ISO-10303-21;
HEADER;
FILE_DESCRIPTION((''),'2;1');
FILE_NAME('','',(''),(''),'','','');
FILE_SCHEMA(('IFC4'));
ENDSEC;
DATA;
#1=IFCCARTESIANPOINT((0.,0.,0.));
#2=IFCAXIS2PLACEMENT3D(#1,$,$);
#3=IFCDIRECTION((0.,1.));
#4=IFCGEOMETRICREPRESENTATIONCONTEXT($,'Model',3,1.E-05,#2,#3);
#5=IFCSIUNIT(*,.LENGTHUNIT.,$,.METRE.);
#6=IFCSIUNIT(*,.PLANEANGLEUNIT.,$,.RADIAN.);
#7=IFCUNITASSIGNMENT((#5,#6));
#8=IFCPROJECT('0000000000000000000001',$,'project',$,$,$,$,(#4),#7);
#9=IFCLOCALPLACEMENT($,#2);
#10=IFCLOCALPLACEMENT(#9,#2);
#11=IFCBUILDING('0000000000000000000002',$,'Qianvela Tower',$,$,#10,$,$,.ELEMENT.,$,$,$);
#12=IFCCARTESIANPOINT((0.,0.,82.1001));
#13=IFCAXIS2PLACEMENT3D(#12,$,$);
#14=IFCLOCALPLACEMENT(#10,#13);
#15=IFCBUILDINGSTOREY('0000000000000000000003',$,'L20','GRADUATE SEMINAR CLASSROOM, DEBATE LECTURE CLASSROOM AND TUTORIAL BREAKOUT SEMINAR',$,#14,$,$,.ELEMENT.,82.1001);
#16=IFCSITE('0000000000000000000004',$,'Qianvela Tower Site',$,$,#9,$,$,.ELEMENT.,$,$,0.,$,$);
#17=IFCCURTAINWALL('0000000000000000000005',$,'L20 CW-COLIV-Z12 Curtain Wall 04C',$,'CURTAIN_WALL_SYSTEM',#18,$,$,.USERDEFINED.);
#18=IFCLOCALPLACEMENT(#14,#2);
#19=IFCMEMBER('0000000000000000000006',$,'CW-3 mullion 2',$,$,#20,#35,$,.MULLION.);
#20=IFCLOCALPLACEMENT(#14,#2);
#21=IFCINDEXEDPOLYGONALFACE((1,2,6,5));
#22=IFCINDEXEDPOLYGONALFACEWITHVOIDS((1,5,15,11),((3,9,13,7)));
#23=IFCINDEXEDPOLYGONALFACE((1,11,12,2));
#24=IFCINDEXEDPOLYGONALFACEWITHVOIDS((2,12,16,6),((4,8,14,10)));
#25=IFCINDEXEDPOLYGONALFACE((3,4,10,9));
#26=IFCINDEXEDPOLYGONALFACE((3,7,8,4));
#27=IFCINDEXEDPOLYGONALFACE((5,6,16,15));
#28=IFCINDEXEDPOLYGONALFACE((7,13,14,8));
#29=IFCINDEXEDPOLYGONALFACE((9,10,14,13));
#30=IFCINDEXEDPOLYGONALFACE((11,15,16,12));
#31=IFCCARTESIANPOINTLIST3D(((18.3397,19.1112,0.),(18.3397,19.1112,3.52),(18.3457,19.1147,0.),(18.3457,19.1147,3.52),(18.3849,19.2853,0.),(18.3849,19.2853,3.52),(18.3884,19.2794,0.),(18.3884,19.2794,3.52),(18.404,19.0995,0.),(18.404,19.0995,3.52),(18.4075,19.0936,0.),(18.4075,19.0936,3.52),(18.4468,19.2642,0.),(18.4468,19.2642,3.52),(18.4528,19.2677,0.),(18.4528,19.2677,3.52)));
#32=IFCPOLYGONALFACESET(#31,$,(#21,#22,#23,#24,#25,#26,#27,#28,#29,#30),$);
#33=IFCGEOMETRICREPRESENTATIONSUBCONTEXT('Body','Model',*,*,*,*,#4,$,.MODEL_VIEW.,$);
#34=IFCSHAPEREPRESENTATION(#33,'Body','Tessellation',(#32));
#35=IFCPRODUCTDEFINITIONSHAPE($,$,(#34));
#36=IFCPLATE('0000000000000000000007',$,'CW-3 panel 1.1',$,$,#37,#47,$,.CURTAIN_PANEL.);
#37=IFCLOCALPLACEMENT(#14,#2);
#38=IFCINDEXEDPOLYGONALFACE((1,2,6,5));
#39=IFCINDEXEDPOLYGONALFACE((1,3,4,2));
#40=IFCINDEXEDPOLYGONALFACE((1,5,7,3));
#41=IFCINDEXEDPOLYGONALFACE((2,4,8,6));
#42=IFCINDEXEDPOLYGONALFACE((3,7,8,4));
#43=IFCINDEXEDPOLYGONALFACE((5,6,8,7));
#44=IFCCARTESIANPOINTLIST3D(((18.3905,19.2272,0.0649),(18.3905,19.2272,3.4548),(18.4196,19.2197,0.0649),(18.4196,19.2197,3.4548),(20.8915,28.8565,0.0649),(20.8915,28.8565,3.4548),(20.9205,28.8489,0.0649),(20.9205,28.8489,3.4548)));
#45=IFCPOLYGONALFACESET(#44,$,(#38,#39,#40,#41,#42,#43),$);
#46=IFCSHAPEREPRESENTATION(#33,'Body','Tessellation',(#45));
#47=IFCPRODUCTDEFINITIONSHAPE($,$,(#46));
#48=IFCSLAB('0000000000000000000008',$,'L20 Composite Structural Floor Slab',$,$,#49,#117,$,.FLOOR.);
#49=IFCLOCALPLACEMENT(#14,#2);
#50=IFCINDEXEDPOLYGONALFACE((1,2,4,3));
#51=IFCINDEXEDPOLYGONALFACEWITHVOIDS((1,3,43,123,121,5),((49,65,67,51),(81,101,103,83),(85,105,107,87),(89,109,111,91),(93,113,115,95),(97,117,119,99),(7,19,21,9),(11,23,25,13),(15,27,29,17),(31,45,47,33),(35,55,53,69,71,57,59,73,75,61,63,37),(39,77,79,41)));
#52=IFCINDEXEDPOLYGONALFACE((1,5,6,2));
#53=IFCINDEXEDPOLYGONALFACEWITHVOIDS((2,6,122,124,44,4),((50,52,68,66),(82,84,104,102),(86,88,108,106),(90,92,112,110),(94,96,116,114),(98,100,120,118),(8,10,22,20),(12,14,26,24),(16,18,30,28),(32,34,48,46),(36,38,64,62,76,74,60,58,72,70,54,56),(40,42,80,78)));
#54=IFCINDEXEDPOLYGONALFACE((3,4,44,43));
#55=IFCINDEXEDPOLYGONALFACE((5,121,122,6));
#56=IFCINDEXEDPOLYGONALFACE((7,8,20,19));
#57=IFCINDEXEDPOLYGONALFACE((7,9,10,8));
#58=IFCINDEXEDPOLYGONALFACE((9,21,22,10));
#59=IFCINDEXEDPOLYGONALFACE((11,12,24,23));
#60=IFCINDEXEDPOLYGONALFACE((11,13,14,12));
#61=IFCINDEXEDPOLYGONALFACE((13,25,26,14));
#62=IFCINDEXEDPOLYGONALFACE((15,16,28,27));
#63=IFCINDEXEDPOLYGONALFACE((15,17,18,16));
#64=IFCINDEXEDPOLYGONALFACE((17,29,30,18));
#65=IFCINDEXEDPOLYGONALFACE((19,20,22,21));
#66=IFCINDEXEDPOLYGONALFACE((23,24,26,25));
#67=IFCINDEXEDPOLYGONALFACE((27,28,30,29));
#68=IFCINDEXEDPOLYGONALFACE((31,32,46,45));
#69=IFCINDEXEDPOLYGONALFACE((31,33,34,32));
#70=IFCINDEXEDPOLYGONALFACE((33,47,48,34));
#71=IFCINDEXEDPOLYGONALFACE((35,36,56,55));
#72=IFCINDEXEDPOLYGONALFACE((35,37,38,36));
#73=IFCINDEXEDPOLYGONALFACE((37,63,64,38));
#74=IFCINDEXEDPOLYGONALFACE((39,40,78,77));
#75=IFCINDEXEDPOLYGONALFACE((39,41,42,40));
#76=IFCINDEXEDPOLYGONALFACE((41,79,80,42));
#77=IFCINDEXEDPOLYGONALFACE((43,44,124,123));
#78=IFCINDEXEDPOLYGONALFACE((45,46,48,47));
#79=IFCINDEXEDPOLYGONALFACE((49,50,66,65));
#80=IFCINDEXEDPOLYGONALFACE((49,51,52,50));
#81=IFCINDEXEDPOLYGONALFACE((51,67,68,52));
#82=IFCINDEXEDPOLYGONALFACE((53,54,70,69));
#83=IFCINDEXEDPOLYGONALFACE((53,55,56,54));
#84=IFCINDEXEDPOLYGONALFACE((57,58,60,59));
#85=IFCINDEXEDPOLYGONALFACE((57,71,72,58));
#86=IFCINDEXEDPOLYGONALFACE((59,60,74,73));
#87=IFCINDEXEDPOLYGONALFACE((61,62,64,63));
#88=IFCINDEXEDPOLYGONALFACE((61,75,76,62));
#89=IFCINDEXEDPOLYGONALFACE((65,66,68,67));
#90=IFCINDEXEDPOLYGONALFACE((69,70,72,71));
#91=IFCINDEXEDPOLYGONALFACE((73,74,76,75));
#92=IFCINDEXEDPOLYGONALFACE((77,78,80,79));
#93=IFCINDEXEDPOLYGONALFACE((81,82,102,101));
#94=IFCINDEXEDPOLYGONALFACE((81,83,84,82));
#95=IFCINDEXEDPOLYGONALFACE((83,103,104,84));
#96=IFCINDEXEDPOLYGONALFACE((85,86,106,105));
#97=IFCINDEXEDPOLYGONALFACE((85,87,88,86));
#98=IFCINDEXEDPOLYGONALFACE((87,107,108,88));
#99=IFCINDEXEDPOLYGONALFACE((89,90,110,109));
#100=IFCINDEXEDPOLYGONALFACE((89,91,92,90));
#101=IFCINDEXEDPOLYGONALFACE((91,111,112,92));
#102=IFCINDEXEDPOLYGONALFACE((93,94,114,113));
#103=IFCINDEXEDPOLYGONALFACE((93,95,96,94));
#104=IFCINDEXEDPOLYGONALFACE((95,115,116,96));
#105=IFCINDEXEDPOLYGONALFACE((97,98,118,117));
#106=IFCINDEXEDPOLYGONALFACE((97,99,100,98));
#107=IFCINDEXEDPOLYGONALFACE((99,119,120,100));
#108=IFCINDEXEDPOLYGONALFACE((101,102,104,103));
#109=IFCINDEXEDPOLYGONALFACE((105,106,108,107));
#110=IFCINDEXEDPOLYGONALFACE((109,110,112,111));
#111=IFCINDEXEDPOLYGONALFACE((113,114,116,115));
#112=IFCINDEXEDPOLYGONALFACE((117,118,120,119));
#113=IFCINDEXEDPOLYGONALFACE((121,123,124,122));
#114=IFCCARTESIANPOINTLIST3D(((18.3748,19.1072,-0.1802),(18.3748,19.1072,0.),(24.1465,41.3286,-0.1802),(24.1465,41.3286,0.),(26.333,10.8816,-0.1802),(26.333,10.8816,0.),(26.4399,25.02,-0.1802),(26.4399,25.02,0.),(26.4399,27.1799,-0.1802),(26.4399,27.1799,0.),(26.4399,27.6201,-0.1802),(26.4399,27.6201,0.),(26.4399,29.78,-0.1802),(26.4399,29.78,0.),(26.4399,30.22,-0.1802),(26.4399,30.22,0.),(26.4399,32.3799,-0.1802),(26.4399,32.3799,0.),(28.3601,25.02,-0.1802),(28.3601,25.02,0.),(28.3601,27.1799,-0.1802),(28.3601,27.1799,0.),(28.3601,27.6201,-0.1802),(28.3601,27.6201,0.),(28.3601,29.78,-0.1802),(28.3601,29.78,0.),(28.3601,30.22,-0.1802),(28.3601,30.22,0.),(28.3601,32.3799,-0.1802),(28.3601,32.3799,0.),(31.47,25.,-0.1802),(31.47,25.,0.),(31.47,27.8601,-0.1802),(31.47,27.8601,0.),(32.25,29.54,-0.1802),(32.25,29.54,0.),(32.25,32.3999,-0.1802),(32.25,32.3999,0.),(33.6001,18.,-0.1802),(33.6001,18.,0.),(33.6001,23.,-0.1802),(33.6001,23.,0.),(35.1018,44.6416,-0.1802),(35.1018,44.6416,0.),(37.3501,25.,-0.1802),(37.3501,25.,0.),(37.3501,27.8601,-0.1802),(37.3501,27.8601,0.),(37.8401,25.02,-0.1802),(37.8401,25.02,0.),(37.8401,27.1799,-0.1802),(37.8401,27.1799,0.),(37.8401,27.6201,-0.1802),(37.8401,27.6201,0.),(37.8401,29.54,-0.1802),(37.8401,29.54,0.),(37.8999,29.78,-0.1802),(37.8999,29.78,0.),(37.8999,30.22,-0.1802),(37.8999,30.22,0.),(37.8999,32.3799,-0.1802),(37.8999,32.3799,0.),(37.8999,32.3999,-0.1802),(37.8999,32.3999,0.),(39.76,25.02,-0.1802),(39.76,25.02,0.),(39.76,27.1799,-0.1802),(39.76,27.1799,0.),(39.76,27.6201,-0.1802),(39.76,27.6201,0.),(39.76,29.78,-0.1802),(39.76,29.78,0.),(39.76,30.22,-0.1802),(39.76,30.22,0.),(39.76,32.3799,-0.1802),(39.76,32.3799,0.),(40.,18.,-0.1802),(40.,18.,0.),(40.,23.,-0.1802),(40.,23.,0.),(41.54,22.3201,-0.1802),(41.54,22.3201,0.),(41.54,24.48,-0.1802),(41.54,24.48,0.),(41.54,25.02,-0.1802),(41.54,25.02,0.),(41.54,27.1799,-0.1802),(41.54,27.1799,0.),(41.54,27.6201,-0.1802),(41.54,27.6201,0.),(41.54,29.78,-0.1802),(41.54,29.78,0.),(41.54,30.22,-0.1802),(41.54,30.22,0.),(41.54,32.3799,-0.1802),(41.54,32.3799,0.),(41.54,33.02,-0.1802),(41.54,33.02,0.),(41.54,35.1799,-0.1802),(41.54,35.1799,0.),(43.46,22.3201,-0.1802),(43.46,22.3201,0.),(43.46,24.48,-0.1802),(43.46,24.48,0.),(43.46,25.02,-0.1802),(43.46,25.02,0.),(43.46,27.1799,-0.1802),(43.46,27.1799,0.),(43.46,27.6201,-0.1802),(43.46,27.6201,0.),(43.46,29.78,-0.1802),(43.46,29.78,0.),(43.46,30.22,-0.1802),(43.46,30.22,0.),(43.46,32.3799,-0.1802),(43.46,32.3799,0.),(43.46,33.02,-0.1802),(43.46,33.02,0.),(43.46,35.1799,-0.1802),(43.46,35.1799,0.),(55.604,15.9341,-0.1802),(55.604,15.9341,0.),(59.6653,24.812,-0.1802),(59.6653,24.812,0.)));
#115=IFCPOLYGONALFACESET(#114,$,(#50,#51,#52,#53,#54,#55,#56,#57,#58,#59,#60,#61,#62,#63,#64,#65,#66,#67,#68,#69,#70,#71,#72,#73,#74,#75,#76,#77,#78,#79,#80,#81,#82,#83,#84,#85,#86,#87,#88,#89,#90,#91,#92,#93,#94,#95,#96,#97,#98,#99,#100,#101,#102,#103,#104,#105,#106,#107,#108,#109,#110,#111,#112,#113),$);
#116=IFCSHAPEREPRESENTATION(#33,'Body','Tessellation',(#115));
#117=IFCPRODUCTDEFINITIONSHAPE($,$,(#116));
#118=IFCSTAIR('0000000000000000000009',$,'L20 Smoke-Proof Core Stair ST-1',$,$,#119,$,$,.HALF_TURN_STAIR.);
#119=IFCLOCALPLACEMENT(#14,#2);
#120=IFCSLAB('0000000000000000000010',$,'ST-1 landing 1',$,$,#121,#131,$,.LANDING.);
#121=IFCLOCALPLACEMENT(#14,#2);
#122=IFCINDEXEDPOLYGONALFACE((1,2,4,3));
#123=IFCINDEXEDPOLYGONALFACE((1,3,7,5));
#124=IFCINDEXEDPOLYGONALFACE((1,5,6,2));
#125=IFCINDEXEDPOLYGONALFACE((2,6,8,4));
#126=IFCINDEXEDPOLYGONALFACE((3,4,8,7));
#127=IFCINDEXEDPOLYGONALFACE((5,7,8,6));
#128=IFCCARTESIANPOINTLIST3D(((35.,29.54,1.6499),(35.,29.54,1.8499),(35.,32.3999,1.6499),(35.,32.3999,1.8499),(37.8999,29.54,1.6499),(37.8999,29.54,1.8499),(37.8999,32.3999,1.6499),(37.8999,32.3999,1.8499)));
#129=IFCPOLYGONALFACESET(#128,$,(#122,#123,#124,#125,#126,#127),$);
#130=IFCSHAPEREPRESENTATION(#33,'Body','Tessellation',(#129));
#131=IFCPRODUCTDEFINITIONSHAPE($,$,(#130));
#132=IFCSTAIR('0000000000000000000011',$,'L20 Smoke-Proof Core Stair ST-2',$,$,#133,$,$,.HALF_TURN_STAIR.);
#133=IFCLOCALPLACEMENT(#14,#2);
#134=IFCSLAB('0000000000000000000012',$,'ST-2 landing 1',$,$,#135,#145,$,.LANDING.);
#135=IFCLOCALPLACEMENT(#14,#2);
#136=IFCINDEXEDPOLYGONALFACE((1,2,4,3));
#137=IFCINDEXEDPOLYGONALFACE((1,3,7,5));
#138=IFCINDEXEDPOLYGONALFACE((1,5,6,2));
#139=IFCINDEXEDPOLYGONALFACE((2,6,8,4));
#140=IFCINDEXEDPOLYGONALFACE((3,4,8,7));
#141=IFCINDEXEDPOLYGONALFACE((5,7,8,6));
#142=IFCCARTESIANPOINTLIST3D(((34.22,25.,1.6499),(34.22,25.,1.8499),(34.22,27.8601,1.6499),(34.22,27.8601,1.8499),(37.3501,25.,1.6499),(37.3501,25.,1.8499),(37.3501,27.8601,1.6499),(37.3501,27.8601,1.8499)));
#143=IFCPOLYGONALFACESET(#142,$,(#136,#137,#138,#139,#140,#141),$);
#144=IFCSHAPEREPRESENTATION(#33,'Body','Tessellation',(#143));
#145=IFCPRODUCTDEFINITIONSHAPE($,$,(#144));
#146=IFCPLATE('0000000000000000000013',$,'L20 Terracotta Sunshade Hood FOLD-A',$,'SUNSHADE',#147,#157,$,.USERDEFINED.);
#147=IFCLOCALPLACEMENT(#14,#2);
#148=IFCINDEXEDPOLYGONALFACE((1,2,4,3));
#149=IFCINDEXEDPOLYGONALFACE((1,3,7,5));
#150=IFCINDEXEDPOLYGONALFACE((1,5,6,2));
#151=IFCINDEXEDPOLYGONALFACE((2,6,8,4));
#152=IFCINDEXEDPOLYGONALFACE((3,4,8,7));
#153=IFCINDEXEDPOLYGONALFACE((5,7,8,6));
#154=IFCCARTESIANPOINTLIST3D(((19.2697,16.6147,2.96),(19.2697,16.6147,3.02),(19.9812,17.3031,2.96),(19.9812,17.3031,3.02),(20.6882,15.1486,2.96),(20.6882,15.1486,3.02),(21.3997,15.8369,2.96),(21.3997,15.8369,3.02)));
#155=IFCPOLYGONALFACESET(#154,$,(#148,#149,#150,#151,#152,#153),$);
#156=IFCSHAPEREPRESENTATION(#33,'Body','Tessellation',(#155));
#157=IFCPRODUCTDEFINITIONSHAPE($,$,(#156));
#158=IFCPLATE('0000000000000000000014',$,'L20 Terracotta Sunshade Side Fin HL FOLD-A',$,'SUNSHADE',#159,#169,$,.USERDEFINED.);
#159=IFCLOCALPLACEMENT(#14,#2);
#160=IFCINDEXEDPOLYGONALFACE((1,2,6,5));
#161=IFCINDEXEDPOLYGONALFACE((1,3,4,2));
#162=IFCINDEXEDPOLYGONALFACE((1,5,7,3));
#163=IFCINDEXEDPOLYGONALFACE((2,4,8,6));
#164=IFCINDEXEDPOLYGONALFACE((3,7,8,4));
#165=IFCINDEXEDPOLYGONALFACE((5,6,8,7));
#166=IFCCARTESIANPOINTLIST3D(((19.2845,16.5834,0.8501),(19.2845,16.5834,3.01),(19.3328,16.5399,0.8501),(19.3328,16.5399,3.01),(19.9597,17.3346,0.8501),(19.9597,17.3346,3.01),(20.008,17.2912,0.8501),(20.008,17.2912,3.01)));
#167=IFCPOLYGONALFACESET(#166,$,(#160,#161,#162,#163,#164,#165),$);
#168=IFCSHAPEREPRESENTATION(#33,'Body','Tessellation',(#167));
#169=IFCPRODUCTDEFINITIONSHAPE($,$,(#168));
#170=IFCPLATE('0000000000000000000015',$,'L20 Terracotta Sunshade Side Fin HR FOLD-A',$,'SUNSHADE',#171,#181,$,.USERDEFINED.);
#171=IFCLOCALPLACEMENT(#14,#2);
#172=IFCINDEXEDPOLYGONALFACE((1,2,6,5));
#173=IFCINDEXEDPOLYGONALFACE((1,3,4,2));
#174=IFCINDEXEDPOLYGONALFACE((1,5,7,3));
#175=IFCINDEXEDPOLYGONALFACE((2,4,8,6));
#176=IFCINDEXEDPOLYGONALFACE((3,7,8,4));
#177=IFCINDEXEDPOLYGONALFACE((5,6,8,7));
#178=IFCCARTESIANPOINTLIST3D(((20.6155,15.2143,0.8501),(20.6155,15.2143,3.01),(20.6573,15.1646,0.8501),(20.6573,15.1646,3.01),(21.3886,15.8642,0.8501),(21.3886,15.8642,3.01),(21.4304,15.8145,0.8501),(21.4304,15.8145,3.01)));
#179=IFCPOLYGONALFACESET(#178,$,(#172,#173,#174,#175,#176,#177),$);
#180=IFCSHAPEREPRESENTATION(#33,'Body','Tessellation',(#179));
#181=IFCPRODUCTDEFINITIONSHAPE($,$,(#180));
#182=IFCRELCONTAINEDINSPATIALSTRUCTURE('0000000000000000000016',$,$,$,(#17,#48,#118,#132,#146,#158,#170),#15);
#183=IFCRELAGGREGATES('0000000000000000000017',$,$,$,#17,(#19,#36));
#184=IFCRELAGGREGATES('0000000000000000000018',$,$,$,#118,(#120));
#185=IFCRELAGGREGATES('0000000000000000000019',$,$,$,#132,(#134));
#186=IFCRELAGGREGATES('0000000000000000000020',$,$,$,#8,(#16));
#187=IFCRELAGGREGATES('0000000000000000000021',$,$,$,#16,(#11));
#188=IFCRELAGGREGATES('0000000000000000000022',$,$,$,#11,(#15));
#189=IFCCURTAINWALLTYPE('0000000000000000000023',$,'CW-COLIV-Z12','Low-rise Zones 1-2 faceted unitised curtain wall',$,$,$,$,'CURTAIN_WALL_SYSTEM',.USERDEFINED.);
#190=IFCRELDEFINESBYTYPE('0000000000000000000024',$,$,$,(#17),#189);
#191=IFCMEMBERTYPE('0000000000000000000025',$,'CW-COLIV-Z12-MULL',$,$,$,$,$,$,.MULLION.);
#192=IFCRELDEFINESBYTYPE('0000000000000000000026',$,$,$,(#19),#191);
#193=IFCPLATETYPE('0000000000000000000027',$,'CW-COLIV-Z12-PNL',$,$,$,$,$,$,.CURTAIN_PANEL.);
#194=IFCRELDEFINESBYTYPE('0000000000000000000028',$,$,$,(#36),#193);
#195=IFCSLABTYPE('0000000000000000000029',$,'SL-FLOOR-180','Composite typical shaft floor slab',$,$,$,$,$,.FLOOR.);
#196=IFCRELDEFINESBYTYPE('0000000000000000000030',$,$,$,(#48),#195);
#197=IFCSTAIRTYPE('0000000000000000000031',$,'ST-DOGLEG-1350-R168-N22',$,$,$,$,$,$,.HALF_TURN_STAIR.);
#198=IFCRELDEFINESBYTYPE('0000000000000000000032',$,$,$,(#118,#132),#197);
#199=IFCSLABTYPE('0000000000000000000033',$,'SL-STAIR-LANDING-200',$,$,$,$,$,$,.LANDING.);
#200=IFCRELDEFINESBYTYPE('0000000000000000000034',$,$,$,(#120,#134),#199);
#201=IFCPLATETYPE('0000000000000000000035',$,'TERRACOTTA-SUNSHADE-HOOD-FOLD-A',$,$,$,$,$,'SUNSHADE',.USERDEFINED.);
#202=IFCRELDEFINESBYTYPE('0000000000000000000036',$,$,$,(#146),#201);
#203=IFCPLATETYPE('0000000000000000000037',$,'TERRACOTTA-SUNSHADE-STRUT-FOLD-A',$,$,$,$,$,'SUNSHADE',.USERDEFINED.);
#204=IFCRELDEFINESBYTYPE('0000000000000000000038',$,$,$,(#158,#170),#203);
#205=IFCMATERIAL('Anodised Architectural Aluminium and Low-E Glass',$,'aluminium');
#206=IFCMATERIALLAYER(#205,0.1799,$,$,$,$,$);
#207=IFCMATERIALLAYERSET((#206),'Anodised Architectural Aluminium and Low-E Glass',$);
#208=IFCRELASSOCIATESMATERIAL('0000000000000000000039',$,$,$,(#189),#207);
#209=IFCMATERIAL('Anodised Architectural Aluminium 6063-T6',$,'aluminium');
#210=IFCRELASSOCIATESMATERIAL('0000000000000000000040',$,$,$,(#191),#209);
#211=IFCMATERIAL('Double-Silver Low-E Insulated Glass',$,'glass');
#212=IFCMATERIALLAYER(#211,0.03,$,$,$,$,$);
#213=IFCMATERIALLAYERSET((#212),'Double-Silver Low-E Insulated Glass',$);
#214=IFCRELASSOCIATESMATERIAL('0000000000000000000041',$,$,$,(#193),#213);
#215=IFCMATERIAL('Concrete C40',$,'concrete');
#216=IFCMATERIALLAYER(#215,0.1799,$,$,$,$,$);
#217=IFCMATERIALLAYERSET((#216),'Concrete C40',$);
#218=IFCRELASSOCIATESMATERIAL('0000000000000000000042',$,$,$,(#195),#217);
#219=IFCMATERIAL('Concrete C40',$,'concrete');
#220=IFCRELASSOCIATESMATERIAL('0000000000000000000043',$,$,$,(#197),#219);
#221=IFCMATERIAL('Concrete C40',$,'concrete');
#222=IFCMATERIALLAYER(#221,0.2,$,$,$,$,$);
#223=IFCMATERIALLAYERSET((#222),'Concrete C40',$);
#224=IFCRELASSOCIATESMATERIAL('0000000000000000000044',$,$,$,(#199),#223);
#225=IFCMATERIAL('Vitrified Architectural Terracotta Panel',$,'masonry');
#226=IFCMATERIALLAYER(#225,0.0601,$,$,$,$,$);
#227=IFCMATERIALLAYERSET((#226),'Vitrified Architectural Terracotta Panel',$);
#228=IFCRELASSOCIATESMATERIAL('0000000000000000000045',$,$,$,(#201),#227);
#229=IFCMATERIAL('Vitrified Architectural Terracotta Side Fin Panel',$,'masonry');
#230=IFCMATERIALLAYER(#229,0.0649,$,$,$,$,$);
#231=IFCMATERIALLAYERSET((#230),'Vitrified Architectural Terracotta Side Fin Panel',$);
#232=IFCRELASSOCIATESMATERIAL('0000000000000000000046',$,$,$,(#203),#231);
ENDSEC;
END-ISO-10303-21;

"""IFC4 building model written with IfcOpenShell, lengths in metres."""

from ifc_helpers import new_model, si_unit, direction, frame, origin, origin_2d, place, context, subcontext, project, spatial, polyline, rectangle, hollow_rectangle, outline, extrude, material, layer, layer_set, material_profile, profile_set, type_object, element, aggregate, save


model = new_model("IFC4")

# Units and contexts
model_context = context("Model", 3, precision=1e-05, world=origin(), true_north=direction((0.0, 1.0)))
body_context = subcontext(model_context, "Body", "Model", "MODEL_VIEW")
ifc_project = project(units=[si_unit("LENGTHUNIT", "METRE"), si_unit("PLANEANGLEUNIT", "RADIAN")], contexts=[model_context])

# Site, building, storey
site_placement = place(None, origin())
site = spatial("IfcSite", under=ifc_project, at=site_placement, Name="Qianvela Tower Site", CompositionType="ELEMENT", RefElevation=0.0)
building_placement = place(site_placement, origin())
building = spatial("IfcBuilding", under=site, at=building_placement, Name="Qianvela Tower", CompositionType="ELEMENT")
storey_placement = place(building_placement, frame((0.0, 0.0, 82.1001)))
storey = spatial("IfcBuildingStorey", under=building, at=storey_placement, Name="L20", Description="GRADUATE SEMINAR CLASSROOM, DEBATE LECTURE CLASSROOM AND TUTORIAL BREAKOUT SEMINAR", CompositionType="ELEMENT", Elevation=82.1001)

# Curtain wall, member, plate
ifc_material_1 = material(Name="Anodised Architectural Aluminium and Low-E Glass", Category="aluminium")
ifc_layer_1 = layer(ifc_material_1, 0.1799)
ifc_layer_set_1 = layer_set([ifc_layer_1], Name="Anodised Architectural Aluminium and Low-E Glass")
curtain_wall_type = type_object("IfcCurtainWallType", Name="CW-COLIV-Z12", Description="Low-rise Zones 1-2 faceted unitised curtain wall", ElementType="CURTAIN_WALL_SYSTEM", PredefinedType="USERDEFINED", material=ifc_layer_set_1)
curtain_wall_placement = place(storey_placement, origin())
curtain_wall = element("IfcCurtainWall", 1, at=curtain_wall_placement, inside=storey, type_object=curtain_wall_type, Name="L20 CW-COLIV-Z12 Curtain Wall 04C", ObjectType="CURTAIN_WALL_SYSTEM", PredefinedType="USERDEFINED")
ifc_material_2 = material(Name="Anodised Architectural Aluminium 6063-T6", Category="aluminium")
ifc_material_profile = material_profile(ifc_material_2, hollow_rectangle(XDim=0.0701, YDim=0.1799, WallThickness=0.0049, at=origin_2d()), Name="ALU-MULL-70x180")
ifc_profile_set = profile_set([ifc_material_profile], Name="Anodised Architectural Aluminium 6063-T6")
member_type = type_object("IfcMemberType", Name="CW-COLIV-Z12-MULL", PredefinedType="MULLION", material=ifc_profile_set)
member_placement = place(storey_placement, frame((18.3962, 19.1895, 0.0), z_axis=(0.0, 0.0, 1.0), x_axis=(0.967886, -0.251388, 0.0)))
member = element("IfcMember", 2, at=member_placement, type_object=member_type, Name="CW-3 mullion 2", PredefinedType="MULLION", context=body_context, shape_type="SweptSolid", body=[
    extrude(hollow_rectangle(XDim=0.0701, YDim=0.1799, WallThickness=0.0049, at=origin_2d()), origin(), (0.0, 0.0, 1.0), 3.52),
])
ifc_material_3 = material(Name="Double-Silver Low-E Insulated Glass", Category="glass")
ifc_layer_2 = layer(ifc_material_3, 0.03)
ifc_layer_set_2 = layer_set([ifc_layer_2], Name="Double-Silver Low-E Insulated Glass")
plate_type_1 = type_object("IfcPlateType", Name="CW-COLIV-Z12-PNL", PredefinedType="CURTAIN_PANEL", material=ifc_layer_set_2)
plate_1_placement = place(storey_placement, frame((19.6555, 24.0381, 0.0649), z_axis=(0.0, 0.0, 1.0), x_axis=(-0.251388, -0.967886, 0.0)))
plate_1 = element("IfcPlate", 3, at=plate_1_placement, type_object=plate_type_1, Name="CW-3 panel 1.1", PredefinedType="CURTAIN_PANEL", context=body_context, shape_type="SweptSolid", body=[
    extrude(rectangle(XDim=9.9487, YDim=0.03, at=origin_2d()), origin(), (0.0, 0.0, 1.0), 3.3899),
])
aggregate(curtain_wall, [member, plate_1])

# Slab
ifc_material_4 = material(Name="Concrete C40", Category="concrete")
ifc_layer_3 = layer(ifc_material_4, 0.1799)
ifc_layer_set_3 = layer_set([ifc_layer_3], Name="Concrete C40")
slab_type_1 = type_object("IfcSlabType", Name="SL-FLOOR-180", Description="Composite typical shaft floor slab", PredefinedType="FLOOR", material=ifc_layer_set_3)
slab_1_placement = place(storey_placement, frame((0.0, 0.0, -0.1802)))
element("IfcSlab", 4, at=slab_1_placement, inside=storey, type_object=slab_type_1, Name="L20 Composite Structural Floor Slab", PredefinedType="FLOOR", context=body_context, shape_type="SweptSolid", body=[
    extrude(outline(polyline([(55.604, 15.9341), (59.6653, 24.812), (35.1018, 44.6416), (24.1465, 41.3286), (18.3748, 19.1072), (26.333, 10.8816), (55.604, 15.9341)]), holes=[polyline([(40.0, 23.0), (33.6001, 23.0), (33.6001, 18.0), (40.0, 18.0), (40.0, 23.0)]), polyline([(28.3601, 25.02), (28.3601, 27.1799), (26.4399, 27.1799), (26.4399, 25.02), (28.3601, 25.02)]), polyline([(37.3501, 25.0), (37.3501, 27.8601), (31.47, 27.8601), (31.47, 25.0), (37.3501, 25.0)]), polyline([(28.3601, 27.6201), (28.3601, 29.78), (26.4399, 29.78), (26.4399, 27.6201), (28.3601, 27.6201)]), polyline([(37.8999, 32.3799), (37.8999, 32.3999), (32.25, 32.3999), (32.25, 29.54), (37.8401, 29.54), (37.8401, 27.6201), (39.76, 27.6201), (39.76, 29.78), (37.8999, 29.78), (37.8999, 30.22), (39.76, 30.22), (39.76, 32.3799), (37.8999, 32.3799)]), polyline([(28.3601, 30.22), (28.3601, 32.3799), (26.4399, 32.3799), (26.4399, 30.22), (28.3601, 30.22)]), polyline([(43.46, 24.48), (41.54, 24.48), (41.54, 22.3201), (43.46, 22.3201), (43.46, 24.48)]), polyline([(39.76, 25.02), (39.76, 27.1799), (37.8401, 27.1799), (37.8401, 25.02), (39.76, 25.02)]), polyline([(43.46, 25.02), (43.46, 27.1799), (41.54, 27.1799), (41.54, 25.02), (43.46, 25.02)]), polyline([(43.46, 27.6201), (43.46, 29.78), (41.54, 29.78), (41.54, 27.6201), (43.46, 27.6201)]), polyline([(43.46, 30.22), (43.46, 32.3799), (41.54, 32.3799), (41.54, 30.22), (43.46, 30.22)]), polyline([(43.46, 33.02), (43.46, 35.1799), (41.54, 35.1799), (41.54, 33.02), (43.46, 33.02)])]), origin(), (0.0, 0.0, 1.0), 0.1802),
])

# Stairs, slabs
ifc_material_5 = material(Name="Concrete C40", Category="concrete")
stair_type = type_object("IfcStairType", Name="ST-DOGLEG-1350-R168-N22", PredefinedType="HALF_TURN_STAIR", material=ifc_material_5)
stair_1_placement = place(storey_placement, origin())
stair_1 = element("IfcStair", 5, at=stair_1_placement, inside=storey, type_object=stair_type, Name="L20 Smoke-Proof Core Stair ST-1", PredefinedType="HALF_TURN_STAIR")
ifc_material_6 = material(Name="Concrete C40", Category="concrete")
ifc_layer_4 = layer(ifc_material_6, 0.2)
ifc_layer_set_4 = layer_set([ifc_layer_4], Name="Concrete C40")
slab_type_2 = type_object("IfcSlabType", Name="SL-STAIR-LANDING-200", PredefinedType="LANDING", material=ifc_layer_set_4)
slab_2_placement = place(storey_placement, frame((0.0, 0.0, 1.6499)))
slab_2 = element("IfcSlab", 6, at=slab_2_placement, type_object=slab_type_2, Name="ST-1 landing 1", PredefinedType="LANDING", context=body_context, shape_type="SweptSolid", body=[
    extrude(outline(polyline([(35.0, 29.54), (37.8999, 29.54), (37.8999, 32.3999), (35.0, 32.3999), (35.0, 29.54)])), origin(), (0.0, 0.0, 1.0), 0.2),
])
aggregate(stair_1, [slab_2])
stair_2_placement = place(storey_placement, origin())
stair_2 = element("IfcStair", 7, at=stair_2_placement, inside=storey, type_object=stair_type, Name="L20 Smoke-Proof Core Stair ST-2", PredefinedType="HALF_TURN_STAIR")
slab_3_placement = place(storey_placement, frame((0.0, 0.0, 1.6499)))
slab_3 = element("IfcSlab", 8, at=slab_3_placement, type_object=slab_type_2, Name="ST-2 landing 1", PredefinedType="LANDING", context=body_context, shape_type="SweptSolid", body=[
    extrude(outline(polyline([(34.22, 25.0), (37.3501, 25.0), (37.3501, 27.8601), (34.22, 27.8601), (34.22, 25.0)])), origin(), (0.0, 0.0, 1.0), 0.2),
])
aggregate(stair_2, [slab_3])

# Plates
ifc_material_7 = material(Name="Vitrified Architectural Terracotta Panel", Category="masonry")
ifc_layer_5 = layer(ifc_material_7, 0.0601)
ifc_layer_set_5 = layer_set([ifc_layer_5], Name="Vitrified Architectural Terracotta Panel")
plate_type_2 = type_object("IfcPlateType", Name="TERRACOTTA-SUNSHADE-HOOD-FOLD-A", ElementType="SUNSHADE", PredefinedType="USERDEFINED", material=ifc_layer_set_5)
plate_2_placement = place(storey_placement, frame((20.3347, 16.2258, 2.96), z_axis=(0.0, 0.0, 1.0), x_axis=(0.695334, -0.718687, 0.0)))
element("IfcPlate", 9, at=plate_2_placement, inside=storey, type_object=plate_type_2, Name="L20 Terracotta Sunshade Hood FOLD-A", ObjectType="SUNSHADE", PredefinedType="USERDEFINED", context=body_context, shape_type="SweptSolid", body=[
    extrude(rectangle(XDim=2.04, YDim=0.99, at=origin_2d()), origin(), (0.0, 0.0, 1.0), 0.0601),
])
ifc_material_8 = material(Name="Vitrified Architectural Terracotta Side Fin Panel", Category="masonry")
ifc_layer_6 = layer(ifc_material_8, 0.0649)
ifc_layer_set_6 = layer_set([ifc_layer_6], Name="Vitrified Architectural Terracotta Side Fin Panel")
plate_type_3 = type_object("IfcPlateType", Name="TERRACOTTA-SUNSHADE-STRUT-FOLD-A", ElementType="SUNSHADE", PredefinedType="USERDEFINED", material=ifc_layer_set_6)
for number, where, z_axis, x_axis, name in (
    (10, (19.6462, 16.9373, 0.8501), (0.0, 0.0, 1.0), (0.743773, -0.668433, 0.0), "L20 Terracotta Sunshade Side Fin HL FOLD-A"),
    (11, (21.0229, 15.5144, 0.8501), (0.0, 0.0, 1.0), (0.643507, -0.765441, 0.0), "L20 Terracotta Sunshade Side Fin HR FOLD-A"),
):
    element("IfcPlate", number, at=place(storey_placement, frame(where, z_axis=z_axis, x_axis=x_axis)), inside=storey, type_object=plate_type_3, Name=name, ObjectType="SUNSHADE", PredefinedType="USERDEFINED", context=body_context, shape_type="SweptSolid", body=[
        extrude(rectangle(XDim=0.0649, YDim=1.01, at=origin_2d()), origin(), (0.0, 0.0, 1.0), 2.1599),
    ])

save(model, "model.ifc")
